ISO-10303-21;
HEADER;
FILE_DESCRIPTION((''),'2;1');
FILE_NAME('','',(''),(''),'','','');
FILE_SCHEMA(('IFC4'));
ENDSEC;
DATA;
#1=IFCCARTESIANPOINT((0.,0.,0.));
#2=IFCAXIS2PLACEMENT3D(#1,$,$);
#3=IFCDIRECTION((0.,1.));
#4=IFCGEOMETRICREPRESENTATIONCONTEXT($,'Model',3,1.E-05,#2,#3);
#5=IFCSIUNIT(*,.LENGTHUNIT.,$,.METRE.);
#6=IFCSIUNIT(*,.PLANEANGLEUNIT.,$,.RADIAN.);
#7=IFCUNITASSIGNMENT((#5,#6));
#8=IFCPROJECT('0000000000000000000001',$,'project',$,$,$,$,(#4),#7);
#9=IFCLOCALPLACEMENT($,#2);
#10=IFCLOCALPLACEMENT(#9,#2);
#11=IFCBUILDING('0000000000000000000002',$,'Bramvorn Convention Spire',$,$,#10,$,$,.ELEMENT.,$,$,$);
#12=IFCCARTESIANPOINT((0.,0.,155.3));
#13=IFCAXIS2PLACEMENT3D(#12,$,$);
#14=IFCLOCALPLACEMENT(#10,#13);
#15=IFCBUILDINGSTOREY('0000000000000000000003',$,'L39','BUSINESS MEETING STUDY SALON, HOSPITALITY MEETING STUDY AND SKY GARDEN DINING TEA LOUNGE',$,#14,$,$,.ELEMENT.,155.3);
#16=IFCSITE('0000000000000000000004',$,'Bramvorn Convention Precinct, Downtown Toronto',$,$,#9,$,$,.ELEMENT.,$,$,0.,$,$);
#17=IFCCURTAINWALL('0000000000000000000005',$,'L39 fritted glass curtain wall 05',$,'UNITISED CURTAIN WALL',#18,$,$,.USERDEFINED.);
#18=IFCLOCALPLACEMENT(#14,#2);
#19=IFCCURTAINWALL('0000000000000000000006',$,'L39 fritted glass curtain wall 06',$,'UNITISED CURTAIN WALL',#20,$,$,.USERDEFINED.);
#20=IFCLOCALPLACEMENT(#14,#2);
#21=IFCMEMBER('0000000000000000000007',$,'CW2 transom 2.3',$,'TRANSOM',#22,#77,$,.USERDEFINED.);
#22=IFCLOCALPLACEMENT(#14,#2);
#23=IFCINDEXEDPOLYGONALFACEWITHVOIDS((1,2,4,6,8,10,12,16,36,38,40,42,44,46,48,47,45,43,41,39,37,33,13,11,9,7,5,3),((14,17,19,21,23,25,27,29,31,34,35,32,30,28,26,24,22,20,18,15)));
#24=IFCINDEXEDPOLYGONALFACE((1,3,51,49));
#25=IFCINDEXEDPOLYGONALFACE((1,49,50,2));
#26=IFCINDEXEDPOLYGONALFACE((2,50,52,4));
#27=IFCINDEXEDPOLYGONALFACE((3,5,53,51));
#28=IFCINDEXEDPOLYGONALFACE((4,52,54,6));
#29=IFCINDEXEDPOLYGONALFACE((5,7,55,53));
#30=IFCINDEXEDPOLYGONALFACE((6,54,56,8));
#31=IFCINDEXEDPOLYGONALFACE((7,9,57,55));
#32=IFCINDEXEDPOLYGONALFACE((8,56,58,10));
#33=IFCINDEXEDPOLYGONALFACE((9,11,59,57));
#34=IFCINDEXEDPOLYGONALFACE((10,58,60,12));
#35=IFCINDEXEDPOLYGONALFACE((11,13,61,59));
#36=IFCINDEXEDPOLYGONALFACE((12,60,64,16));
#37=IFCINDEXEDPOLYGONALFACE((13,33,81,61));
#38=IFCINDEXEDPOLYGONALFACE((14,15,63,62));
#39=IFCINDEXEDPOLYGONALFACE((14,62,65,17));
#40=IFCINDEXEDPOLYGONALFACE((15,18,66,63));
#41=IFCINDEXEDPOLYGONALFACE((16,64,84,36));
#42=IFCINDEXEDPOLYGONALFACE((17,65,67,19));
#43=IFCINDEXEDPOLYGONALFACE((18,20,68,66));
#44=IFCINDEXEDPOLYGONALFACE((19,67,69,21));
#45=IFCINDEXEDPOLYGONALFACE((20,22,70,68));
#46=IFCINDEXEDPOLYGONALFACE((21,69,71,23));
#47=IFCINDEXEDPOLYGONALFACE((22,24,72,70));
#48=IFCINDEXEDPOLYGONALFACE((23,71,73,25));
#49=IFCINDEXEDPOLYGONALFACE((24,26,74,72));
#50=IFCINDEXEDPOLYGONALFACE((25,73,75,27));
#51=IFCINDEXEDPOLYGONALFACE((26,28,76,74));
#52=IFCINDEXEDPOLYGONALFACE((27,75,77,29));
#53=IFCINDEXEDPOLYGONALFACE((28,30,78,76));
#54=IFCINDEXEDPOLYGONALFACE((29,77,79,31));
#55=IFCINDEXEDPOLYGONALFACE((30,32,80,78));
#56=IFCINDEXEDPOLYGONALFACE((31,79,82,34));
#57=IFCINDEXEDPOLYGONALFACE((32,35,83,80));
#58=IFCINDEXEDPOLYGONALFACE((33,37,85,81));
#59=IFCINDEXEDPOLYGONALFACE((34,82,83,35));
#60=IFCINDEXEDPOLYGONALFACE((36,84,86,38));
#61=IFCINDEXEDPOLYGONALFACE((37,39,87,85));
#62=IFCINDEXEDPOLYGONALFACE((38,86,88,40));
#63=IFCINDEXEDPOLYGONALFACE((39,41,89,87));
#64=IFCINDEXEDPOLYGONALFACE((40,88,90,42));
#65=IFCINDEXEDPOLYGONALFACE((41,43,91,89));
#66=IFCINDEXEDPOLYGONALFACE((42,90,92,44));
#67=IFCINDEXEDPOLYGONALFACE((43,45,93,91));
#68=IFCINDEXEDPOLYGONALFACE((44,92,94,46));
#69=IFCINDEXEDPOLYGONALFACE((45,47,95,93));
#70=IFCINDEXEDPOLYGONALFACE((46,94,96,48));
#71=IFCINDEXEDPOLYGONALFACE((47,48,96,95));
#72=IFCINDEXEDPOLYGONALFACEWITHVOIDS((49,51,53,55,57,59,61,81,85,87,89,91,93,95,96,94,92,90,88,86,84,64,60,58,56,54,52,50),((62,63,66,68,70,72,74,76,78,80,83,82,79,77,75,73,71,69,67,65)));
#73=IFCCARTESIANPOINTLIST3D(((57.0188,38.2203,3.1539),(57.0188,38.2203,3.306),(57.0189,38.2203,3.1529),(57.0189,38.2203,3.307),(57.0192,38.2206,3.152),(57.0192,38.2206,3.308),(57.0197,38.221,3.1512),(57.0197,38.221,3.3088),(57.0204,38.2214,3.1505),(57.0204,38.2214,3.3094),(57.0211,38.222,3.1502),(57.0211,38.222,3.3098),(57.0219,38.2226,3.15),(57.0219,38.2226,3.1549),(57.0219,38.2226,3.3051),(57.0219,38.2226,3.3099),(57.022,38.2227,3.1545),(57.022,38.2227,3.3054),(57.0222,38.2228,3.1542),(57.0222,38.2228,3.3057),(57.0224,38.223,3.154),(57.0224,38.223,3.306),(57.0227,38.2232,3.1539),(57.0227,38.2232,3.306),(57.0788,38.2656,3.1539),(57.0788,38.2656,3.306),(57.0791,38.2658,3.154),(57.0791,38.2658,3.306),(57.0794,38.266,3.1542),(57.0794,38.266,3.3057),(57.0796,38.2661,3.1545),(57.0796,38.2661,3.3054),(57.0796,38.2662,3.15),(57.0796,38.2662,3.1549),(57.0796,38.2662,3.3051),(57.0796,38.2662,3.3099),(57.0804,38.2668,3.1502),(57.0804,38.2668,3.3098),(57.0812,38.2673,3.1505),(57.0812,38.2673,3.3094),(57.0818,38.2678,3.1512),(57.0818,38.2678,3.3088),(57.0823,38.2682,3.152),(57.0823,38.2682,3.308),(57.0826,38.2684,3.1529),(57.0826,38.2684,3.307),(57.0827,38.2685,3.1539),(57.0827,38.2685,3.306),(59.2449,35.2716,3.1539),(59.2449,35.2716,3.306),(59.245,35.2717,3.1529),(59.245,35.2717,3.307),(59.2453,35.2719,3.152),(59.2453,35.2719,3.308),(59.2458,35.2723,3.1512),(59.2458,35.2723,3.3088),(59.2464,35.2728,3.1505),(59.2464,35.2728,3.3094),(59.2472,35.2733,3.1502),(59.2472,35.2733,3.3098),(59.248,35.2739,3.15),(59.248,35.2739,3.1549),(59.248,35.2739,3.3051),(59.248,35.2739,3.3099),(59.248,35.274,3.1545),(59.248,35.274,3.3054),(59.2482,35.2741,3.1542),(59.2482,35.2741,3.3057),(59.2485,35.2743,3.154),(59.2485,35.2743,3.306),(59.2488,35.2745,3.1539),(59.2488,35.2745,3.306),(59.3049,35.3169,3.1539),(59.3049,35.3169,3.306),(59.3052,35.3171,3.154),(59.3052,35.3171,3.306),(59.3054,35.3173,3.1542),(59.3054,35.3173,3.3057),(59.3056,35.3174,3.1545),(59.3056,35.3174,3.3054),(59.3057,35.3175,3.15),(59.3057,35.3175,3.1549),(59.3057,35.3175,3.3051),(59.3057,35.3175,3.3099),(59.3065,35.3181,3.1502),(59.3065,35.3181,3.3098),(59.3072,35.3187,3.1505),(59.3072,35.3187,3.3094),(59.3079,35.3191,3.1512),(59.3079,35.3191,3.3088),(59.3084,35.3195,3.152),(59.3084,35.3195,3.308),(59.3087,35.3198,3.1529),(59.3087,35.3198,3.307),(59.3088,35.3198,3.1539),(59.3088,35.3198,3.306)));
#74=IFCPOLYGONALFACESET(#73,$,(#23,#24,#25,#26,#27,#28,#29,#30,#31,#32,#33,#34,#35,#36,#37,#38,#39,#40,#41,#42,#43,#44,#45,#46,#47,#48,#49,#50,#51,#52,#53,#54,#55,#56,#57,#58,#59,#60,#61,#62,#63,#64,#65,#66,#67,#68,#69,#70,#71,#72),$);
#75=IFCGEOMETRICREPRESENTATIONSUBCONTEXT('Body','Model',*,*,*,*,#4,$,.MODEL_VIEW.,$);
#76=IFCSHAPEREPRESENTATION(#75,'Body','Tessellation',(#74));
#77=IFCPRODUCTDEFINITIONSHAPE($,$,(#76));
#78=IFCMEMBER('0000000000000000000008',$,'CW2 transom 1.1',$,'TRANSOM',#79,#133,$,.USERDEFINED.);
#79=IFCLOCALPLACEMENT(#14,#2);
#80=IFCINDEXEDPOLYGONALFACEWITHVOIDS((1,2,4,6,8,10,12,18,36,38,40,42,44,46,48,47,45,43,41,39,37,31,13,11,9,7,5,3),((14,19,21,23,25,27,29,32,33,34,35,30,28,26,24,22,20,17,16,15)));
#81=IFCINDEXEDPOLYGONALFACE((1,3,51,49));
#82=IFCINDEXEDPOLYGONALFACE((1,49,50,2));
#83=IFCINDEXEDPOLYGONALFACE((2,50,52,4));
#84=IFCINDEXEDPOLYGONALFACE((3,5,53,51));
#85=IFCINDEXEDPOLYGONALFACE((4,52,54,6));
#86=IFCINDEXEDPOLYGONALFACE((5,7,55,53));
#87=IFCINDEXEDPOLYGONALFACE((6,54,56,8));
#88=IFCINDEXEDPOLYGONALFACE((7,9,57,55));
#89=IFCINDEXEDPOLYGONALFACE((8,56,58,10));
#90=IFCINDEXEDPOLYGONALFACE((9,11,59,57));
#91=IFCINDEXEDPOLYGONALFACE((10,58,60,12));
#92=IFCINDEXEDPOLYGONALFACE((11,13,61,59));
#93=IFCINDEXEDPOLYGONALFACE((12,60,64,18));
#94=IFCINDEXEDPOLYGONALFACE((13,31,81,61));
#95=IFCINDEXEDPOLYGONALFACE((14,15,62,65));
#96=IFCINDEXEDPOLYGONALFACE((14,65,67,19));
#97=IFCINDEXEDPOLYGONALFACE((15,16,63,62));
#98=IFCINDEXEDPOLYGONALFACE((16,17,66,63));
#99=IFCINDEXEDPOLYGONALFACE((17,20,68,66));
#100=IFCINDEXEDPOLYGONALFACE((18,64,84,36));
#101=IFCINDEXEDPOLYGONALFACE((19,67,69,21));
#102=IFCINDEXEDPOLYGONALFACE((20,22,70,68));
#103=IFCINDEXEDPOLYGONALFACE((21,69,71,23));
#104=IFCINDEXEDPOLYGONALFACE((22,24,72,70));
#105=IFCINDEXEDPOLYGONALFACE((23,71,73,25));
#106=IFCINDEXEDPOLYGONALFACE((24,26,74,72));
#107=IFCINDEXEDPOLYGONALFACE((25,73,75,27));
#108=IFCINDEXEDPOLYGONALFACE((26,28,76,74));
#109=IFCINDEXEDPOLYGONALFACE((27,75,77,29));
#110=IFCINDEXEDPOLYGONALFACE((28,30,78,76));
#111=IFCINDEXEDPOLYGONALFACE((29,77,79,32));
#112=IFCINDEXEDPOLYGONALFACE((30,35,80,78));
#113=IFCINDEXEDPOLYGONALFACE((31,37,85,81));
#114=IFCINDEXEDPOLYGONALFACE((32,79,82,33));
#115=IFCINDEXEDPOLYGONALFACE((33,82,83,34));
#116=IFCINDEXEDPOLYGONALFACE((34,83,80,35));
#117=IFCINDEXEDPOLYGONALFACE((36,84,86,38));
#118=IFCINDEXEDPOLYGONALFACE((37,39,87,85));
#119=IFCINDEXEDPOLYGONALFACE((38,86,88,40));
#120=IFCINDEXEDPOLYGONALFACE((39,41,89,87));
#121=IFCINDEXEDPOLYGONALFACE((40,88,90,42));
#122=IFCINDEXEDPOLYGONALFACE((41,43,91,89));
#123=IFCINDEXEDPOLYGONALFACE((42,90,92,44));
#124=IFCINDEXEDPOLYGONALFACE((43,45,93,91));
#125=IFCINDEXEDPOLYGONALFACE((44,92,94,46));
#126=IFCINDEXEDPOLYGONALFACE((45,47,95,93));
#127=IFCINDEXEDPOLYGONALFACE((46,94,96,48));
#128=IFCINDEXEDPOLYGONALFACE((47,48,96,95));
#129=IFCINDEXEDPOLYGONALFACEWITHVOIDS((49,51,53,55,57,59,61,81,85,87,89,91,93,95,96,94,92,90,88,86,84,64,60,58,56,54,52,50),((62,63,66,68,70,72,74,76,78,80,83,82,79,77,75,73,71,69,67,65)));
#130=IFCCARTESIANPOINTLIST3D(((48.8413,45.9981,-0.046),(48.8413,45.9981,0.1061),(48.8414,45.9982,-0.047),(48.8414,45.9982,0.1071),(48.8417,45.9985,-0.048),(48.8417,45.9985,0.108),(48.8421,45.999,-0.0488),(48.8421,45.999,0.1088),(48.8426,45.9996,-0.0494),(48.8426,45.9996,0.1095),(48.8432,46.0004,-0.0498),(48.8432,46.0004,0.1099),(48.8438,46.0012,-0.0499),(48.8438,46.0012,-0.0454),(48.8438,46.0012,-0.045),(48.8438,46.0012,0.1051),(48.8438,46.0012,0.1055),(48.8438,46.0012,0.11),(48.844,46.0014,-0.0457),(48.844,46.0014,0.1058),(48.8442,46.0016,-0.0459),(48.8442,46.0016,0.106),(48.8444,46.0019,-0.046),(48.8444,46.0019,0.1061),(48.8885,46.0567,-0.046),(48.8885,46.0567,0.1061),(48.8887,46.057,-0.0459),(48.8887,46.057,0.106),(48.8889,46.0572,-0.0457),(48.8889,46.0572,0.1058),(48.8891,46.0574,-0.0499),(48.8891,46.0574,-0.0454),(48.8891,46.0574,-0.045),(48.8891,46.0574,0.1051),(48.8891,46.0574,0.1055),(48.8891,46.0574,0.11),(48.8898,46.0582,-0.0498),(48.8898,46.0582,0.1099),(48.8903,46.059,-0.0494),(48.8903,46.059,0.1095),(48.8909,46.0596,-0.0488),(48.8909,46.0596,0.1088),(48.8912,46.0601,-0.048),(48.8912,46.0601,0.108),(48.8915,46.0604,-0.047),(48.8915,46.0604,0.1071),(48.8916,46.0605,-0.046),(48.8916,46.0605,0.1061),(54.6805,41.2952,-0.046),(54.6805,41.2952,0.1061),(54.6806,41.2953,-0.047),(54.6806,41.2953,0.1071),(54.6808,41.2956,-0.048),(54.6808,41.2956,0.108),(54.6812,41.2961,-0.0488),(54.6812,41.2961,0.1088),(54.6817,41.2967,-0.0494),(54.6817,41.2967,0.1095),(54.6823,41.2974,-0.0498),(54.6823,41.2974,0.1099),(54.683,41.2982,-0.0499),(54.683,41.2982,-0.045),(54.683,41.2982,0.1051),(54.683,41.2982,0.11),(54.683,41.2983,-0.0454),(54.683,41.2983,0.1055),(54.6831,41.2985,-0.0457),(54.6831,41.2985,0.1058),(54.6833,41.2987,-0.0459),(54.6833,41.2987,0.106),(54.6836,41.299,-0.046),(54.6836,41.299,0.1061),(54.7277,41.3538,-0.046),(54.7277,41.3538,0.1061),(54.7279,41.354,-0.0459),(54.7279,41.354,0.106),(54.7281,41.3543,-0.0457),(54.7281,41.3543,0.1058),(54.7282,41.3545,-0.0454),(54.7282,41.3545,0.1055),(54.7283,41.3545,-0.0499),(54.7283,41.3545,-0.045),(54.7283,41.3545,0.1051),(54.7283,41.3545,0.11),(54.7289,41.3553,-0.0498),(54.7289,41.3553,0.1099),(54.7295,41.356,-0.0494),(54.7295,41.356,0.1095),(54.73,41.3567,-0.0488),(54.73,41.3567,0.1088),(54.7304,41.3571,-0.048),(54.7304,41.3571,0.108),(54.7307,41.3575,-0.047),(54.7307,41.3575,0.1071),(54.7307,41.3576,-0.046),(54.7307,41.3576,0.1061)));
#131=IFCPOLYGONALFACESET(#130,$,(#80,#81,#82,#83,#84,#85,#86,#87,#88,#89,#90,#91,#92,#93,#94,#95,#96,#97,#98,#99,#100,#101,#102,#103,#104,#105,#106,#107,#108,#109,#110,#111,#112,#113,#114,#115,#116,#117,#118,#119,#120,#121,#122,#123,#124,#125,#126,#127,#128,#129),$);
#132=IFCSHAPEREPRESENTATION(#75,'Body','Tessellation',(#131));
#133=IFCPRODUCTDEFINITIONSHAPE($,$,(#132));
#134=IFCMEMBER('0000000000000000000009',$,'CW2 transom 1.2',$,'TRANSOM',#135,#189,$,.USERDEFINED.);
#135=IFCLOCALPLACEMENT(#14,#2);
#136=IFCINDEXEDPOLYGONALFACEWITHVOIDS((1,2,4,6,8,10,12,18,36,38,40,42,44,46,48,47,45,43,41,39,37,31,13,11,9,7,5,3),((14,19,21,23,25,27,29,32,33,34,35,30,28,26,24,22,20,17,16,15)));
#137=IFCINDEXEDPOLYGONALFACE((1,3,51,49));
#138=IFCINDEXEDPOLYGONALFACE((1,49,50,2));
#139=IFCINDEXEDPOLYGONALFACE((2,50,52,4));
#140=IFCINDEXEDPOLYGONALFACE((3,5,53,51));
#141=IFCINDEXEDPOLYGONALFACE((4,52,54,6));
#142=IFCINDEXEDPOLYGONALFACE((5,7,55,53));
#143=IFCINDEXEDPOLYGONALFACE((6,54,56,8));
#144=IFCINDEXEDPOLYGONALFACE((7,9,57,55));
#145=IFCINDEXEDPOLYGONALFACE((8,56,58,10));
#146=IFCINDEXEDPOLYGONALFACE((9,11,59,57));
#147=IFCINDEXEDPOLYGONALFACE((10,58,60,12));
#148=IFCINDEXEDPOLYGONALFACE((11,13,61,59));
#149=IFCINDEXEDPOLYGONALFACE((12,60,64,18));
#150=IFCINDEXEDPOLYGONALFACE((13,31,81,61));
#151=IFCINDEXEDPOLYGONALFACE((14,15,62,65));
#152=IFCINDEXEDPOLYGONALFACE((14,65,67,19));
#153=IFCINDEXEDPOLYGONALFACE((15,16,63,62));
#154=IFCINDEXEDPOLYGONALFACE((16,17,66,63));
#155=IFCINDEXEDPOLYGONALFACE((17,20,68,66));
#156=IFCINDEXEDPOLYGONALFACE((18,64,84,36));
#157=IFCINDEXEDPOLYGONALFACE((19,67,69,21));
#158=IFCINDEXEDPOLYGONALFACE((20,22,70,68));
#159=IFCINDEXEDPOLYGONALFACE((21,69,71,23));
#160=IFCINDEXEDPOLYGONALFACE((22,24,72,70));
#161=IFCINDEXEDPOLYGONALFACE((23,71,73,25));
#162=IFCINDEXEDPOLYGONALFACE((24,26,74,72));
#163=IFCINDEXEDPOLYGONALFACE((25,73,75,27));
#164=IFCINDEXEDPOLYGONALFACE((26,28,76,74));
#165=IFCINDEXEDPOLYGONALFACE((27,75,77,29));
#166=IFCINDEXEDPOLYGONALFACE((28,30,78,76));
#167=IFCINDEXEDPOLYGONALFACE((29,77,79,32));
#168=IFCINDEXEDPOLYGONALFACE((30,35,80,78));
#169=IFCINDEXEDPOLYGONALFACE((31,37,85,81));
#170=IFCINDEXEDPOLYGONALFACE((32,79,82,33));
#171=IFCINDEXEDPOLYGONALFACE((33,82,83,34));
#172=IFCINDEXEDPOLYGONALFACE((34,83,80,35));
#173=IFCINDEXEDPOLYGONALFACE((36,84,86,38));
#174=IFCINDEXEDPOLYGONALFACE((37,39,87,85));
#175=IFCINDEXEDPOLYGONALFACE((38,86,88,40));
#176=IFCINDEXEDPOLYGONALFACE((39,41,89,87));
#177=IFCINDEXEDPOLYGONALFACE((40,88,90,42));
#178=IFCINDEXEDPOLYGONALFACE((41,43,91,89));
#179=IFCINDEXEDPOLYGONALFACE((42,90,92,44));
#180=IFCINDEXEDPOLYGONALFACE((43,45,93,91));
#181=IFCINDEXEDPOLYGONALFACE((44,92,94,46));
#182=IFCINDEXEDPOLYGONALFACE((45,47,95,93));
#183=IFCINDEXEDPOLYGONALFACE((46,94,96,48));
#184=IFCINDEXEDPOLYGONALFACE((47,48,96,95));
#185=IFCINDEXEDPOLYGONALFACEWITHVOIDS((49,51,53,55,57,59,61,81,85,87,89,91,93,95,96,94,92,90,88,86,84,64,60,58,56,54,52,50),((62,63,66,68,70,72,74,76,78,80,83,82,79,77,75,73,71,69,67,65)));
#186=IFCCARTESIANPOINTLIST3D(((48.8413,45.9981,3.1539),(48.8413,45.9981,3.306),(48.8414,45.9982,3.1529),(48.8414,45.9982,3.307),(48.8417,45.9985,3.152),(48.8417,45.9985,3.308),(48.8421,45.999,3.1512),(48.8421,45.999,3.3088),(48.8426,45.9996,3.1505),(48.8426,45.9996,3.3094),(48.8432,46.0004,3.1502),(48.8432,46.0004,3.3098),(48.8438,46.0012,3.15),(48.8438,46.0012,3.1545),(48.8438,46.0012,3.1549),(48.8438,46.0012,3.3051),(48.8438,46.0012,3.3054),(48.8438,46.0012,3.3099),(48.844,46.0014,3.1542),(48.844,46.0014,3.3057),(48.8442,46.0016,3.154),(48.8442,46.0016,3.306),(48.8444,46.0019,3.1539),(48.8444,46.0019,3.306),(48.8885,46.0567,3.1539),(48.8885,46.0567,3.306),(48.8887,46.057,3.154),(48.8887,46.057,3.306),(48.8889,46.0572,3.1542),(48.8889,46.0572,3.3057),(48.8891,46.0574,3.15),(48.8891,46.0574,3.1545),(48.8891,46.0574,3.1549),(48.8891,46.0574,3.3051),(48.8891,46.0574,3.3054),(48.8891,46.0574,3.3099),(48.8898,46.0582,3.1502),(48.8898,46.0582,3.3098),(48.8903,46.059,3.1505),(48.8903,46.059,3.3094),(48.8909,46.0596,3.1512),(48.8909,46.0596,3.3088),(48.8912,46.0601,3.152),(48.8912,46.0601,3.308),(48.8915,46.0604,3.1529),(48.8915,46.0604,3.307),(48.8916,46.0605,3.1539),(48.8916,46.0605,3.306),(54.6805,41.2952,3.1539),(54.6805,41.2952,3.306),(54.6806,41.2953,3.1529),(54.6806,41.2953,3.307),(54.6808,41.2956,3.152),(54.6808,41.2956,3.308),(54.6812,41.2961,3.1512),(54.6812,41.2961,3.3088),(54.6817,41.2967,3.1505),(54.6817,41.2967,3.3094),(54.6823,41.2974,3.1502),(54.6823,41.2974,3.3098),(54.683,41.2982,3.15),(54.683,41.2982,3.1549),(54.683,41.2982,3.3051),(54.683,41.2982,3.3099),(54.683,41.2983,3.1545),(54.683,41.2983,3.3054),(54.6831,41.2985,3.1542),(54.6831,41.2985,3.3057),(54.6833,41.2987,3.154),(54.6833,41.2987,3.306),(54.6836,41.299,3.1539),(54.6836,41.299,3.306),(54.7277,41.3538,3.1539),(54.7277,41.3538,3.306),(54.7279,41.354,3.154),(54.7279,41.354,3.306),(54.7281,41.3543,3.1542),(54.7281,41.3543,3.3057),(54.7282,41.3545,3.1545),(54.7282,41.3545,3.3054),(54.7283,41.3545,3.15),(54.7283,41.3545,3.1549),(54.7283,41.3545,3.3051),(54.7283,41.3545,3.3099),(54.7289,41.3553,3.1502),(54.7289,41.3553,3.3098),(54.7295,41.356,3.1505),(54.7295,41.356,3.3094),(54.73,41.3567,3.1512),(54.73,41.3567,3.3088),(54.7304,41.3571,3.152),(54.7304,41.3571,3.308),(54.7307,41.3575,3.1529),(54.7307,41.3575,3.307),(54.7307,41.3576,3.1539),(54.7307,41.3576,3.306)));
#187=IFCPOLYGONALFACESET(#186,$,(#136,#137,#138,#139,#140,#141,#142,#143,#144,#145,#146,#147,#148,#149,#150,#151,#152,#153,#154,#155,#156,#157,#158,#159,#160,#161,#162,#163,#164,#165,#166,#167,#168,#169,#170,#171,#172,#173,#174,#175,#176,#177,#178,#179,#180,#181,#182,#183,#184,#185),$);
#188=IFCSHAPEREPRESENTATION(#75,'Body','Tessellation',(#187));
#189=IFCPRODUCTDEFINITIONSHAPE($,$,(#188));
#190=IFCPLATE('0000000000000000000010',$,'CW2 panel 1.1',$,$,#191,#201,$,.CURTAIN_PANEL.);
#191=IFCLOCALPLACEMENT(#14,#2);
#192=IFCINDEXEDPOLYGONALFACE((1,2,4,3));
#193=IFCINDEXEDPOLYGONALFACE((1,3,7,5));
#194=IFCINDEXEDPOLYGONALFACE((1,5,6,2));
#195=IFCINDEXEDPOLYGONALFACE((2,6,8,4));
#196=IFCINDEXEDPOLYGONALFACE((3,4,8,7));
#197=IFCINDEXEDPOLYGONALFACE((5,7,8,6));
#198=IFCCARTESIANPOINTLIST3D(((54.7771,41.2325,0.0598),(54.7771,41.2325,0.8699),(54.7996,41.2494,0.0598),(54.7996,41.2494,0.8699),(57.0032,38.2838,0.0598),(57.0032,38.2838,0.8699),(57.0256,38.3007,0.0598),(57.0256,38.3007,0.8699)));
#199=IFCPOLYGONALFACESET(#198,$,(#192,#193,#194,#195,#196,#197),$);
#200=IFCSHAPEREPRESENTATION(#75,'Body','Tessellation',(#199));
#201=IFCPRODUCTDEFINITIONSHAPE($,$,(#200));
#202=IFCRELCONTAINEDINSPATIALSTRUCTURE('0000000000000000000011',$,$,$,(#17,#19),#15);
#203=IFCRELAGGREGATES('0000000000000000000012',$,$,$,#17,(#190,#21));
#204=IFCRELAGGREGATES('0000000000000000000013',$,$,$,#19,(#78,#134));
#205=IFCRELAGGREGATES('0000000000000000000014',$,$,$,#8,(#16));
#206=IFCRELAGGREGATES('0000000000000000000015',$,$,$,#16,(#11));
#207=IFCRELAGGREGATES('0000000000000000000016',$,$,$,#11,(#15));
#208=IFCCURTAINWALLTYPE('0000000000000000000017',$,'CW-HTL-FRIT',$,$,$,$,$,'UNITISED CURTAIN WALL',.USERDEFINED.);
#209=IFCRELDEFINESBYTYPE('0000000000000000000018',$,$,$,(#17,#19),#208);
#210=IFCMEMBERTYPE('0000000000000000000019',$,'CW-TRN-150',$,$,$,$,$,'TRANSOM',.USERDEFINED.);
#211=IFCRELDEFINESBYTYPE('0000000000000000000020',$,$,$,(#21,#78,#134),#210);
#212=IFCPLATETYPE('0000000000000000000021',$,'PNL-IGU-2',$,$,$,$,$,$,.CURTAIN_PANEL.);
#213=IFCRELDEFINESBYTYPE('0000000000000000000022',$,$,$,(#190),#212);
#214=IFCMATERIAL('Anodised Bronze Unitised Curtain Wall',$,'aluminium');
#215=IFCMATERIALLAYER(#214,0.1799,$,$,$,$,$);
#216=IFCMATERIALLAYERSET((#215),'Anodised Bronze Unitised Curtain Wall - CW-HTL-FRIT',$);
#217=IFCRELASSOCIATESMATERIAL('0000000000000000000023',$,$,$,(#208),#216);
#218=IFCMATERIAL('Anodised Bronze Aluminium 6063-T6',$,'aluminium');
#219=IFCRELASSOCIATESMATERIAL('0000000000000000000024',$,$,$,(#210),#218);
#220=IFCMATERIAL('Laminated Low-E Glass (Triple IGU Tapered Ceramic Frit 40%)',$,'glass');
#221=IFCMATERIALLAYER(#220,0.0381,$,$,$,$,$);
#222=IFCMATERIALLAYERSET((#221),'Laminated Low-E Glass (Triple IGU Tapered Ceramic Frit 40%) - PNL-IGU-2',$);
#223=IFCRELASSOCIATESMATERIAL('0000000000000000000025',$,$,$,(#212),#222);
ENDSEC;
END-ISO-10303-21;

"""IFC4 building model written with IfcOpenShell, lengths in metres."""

from ifc_helpers import new_model, si_unit, direction, frame, origin, origin_2d, place, context, subcontext, project, spatial, rectangle, hollow_rectangle, extrude, material, layer, layer_set, material_profile, profile_set, type_object, element, aggregate, save


model = new_model("IFC4")

# Units and contexts
model_context = context("Model", 3, precision=1e-05, world=origin(), true_north=direction((0.0, 1.0)))
body_context = subcontext(model_context, "Body", "Model", "MODEL_VIEW")
ifc_project = project(units=[si_unit("LENGTHUNIT", "METRE"), si_unit("PLANEANGLEUNIT", "RADIAN")], contexts=[model_context])

# Site, building, storey
site_placement = place(None, origin())
site = spatial("IfcSite", under=ifc_project, at=site_placement, Name="Bramvorn Convention Precinct, Downtown Toronto", CompositionType="ELEMENT", RefElevation=0.0)
building_placement = place(site_placement, origin())
building = spatial("IfcBuilding", under=site, at=building_placement, Name="Bramvorn Convention Spire", CompositionType="ELEMENT")
storey_placement = place(building_placement, frame((0.0, 0.0, 155.3)))
storey = spatial("IfcBuildingStorey", under=building, at=storey_placement, Name="L39", Description="BUSINESS MEETING STUDY SALON, HOSPITALITY MEETING STUDY AND SKY GARDEN DINING TEA LOUNGE", CompositionType="ELEMENT", Elevation=155.3)

# Curtain walls
ifc_material_1 = material(Name="Anodised Bronze Unitised Curtain Wall", Category="aluminium")
ifc_layer_1 = layer(ifc_material_1, 0.1799)
ifc_layer_set_1 = layer_set([ifc_layer_1], Name="Anodised Bronze Unitised Curtain Wall - CW-HTL-FRIT")
curtain_wall_type = type_object("IfcCurtainWallType", Name="CW-HTL-FRIT", ElementType="UNITISED CURTAIN WALL", PredefinedType="USERDEFINED", material=ifc_layer_set_1)
curtain_wall_1_placement = place(storey_placement, origin())
curtain_wall_1 = element("IfcCurtainWall", 1, at=curtain_wall_1_placement, inside=storey, type_object=curtain_wall_type, Name="L39 fritted glass curtain wall 05", ObjectType="UNITISED CURTAIN WALL", PredefinedType="USERDEFINED")
ifc_material_2 = material(Name="Anodised Bronze Aluminium 6063-T6", Category="aluminium")
curtain_wall_2_placement = place(storey_placement, origin())
curtain_wall_2 = element("IfcCurtainWall", 2, at=curtain_wall_2_placement, inside=storey, type_object=curtain_wall_type, Name="L39 fritted glass curtain wall 06", ObjectType="UNITISED CURTAIN WALL", PredefinedType="USERDEFINED")

# Members
ifc_material_profile_1 = material_profile(ifc_material_2, hollow_rectangle(XDim=0.0801, YDim=0.1599, WallThickness=0.0039, InnerFilletRadius=0.001, OuterFilletRadius=0.0039, at=origin_2d()))
ifc_profile_set_1 = profile_set([ifc_material_profile_1], Name="Anodised Bronze Aluminium 6063-T6 - CWT80X160")
member_type_1 = type_object("IfcMemberType", Name="CW-TRN-150", ElementType="TRANSOM", PredefinedType="USERDEFINED", material=ifc_profile_set_1)
member_1_placement = place(storey_placement, frame((57.0508, 38.2444, 3.23), z_axis=(0.602513, -0.798109, 0.0), x_axis=(0.798109, 0.602513, 0.0)))
member_1 = element("IfcMember", 3, at=member_1_placement, type_object=member_type_1, Name="CW2 transom 2.3", ObjectType="TRANSOM", PredefinedType="USERDEFINED", context=body_context, shape_type="SweptSolid", body=[
    extrude(hollow_rectangle(XDim=0.0801, YDim=0.1599, WallThickness=0.0039, InnerFilletRadius=0.001, OuterFilletRadius=0.0039, at=origin_2d()), origin(), (0.0, 0.0, 1.0), 3.6946),
])
member_2_placement = place(storey_placement, frame((48.8665, 46.0293, 0.03), z_axis=(0.778809, -0.627261, 0.0), x_axis=(0.627261, 0.778809, 0.0)))
member_2 = element("IfcMember", 4, at=member_2_placement, type_object=member_type_1, Name="CW2 transom 1.1", ObjectType="TRANSOM", PredefinedType="USERDEFINED", context=body_context, shape_type="SweptSolid", body=[
    extrude(hollow_rectangle(XDim=0.0801, YDim=0.1599, WallThickness=0.0039, InnerFilletRadius=0.001, OuterFilletRadius=0.0039, at=origin_2d()), origin(), (0.0, 0.0, 1.0), 7.4976),
])
member_3_placement = place(storey_placement, frame((48.8665, 46.0293, 3.23), z_axis=(0.778809, -0.627261, 0.0), x_axis=(0.627261, 0.778809, 0.0)))
member_3 = element("IfcMember", 5, at=member_3_placement, type_object=member_type_1, Name="CW2 transom 1.2", ObjectType="TRANSOM", PredefinedType="USERDEFINED", context=body_context, shape_type="SweptSolid", body=[
    extrude(hollow_rectangle(XDim=0.0801, YDim=0.1599, WallThickness=0.0039, InnerFilletRadius=0.001, OuterFilletRadius=0.0039, at=origin_2d()), origin(), (0.0, 0.0, 1.0), 7.4976),
])

# Plate
ifc_material_3 = material(Name="Laminated Low-E Glass (Triple IGU Tapered Ceramic Frit 40%)", Category="glass")
ifc_layer_2 = layer(ifc_material_3, 0.0381)
ifc_layer_set_2 = layer_set([ifc_layer_2], Name="Laminated Low-E Glass (Triple IGU Tapered Ceramic Frit 40%) - PNL-IGU-2")
plate_type = type_object("IfcPlateType", Name="PNL-IGU-2", PredefinedType="CURTAIN_PANEL", material=ifc_layer_set_2)
plate_1_placement = place(storey_placement, frame((55.9014, 39.7666, 0.0598), z_axis=(0.0, 0.0, 1.0), x_axis=(0.602515, -0.798108, 0.0)))
plate_1 = element("IfcPlate", 6, at=plate_1_placement, type_object=plate_type, Name="CW2 panel 1.1", PredefinedType="CURTAIN_PANEL", context=body_context, shape_type="SweptSolid", body=[
    extrude(rectangle(XDim=3.6946, YDim=0.0281, at=origin_2d()), origin(), (0.0, 0.0, 1.0), 0.8101),
])
aggregate(curtain_wall_1, [plate_1, member_1])
aggregate(curtain_wall_2, [member_2, member_3])

save(model, "model.ifc")
